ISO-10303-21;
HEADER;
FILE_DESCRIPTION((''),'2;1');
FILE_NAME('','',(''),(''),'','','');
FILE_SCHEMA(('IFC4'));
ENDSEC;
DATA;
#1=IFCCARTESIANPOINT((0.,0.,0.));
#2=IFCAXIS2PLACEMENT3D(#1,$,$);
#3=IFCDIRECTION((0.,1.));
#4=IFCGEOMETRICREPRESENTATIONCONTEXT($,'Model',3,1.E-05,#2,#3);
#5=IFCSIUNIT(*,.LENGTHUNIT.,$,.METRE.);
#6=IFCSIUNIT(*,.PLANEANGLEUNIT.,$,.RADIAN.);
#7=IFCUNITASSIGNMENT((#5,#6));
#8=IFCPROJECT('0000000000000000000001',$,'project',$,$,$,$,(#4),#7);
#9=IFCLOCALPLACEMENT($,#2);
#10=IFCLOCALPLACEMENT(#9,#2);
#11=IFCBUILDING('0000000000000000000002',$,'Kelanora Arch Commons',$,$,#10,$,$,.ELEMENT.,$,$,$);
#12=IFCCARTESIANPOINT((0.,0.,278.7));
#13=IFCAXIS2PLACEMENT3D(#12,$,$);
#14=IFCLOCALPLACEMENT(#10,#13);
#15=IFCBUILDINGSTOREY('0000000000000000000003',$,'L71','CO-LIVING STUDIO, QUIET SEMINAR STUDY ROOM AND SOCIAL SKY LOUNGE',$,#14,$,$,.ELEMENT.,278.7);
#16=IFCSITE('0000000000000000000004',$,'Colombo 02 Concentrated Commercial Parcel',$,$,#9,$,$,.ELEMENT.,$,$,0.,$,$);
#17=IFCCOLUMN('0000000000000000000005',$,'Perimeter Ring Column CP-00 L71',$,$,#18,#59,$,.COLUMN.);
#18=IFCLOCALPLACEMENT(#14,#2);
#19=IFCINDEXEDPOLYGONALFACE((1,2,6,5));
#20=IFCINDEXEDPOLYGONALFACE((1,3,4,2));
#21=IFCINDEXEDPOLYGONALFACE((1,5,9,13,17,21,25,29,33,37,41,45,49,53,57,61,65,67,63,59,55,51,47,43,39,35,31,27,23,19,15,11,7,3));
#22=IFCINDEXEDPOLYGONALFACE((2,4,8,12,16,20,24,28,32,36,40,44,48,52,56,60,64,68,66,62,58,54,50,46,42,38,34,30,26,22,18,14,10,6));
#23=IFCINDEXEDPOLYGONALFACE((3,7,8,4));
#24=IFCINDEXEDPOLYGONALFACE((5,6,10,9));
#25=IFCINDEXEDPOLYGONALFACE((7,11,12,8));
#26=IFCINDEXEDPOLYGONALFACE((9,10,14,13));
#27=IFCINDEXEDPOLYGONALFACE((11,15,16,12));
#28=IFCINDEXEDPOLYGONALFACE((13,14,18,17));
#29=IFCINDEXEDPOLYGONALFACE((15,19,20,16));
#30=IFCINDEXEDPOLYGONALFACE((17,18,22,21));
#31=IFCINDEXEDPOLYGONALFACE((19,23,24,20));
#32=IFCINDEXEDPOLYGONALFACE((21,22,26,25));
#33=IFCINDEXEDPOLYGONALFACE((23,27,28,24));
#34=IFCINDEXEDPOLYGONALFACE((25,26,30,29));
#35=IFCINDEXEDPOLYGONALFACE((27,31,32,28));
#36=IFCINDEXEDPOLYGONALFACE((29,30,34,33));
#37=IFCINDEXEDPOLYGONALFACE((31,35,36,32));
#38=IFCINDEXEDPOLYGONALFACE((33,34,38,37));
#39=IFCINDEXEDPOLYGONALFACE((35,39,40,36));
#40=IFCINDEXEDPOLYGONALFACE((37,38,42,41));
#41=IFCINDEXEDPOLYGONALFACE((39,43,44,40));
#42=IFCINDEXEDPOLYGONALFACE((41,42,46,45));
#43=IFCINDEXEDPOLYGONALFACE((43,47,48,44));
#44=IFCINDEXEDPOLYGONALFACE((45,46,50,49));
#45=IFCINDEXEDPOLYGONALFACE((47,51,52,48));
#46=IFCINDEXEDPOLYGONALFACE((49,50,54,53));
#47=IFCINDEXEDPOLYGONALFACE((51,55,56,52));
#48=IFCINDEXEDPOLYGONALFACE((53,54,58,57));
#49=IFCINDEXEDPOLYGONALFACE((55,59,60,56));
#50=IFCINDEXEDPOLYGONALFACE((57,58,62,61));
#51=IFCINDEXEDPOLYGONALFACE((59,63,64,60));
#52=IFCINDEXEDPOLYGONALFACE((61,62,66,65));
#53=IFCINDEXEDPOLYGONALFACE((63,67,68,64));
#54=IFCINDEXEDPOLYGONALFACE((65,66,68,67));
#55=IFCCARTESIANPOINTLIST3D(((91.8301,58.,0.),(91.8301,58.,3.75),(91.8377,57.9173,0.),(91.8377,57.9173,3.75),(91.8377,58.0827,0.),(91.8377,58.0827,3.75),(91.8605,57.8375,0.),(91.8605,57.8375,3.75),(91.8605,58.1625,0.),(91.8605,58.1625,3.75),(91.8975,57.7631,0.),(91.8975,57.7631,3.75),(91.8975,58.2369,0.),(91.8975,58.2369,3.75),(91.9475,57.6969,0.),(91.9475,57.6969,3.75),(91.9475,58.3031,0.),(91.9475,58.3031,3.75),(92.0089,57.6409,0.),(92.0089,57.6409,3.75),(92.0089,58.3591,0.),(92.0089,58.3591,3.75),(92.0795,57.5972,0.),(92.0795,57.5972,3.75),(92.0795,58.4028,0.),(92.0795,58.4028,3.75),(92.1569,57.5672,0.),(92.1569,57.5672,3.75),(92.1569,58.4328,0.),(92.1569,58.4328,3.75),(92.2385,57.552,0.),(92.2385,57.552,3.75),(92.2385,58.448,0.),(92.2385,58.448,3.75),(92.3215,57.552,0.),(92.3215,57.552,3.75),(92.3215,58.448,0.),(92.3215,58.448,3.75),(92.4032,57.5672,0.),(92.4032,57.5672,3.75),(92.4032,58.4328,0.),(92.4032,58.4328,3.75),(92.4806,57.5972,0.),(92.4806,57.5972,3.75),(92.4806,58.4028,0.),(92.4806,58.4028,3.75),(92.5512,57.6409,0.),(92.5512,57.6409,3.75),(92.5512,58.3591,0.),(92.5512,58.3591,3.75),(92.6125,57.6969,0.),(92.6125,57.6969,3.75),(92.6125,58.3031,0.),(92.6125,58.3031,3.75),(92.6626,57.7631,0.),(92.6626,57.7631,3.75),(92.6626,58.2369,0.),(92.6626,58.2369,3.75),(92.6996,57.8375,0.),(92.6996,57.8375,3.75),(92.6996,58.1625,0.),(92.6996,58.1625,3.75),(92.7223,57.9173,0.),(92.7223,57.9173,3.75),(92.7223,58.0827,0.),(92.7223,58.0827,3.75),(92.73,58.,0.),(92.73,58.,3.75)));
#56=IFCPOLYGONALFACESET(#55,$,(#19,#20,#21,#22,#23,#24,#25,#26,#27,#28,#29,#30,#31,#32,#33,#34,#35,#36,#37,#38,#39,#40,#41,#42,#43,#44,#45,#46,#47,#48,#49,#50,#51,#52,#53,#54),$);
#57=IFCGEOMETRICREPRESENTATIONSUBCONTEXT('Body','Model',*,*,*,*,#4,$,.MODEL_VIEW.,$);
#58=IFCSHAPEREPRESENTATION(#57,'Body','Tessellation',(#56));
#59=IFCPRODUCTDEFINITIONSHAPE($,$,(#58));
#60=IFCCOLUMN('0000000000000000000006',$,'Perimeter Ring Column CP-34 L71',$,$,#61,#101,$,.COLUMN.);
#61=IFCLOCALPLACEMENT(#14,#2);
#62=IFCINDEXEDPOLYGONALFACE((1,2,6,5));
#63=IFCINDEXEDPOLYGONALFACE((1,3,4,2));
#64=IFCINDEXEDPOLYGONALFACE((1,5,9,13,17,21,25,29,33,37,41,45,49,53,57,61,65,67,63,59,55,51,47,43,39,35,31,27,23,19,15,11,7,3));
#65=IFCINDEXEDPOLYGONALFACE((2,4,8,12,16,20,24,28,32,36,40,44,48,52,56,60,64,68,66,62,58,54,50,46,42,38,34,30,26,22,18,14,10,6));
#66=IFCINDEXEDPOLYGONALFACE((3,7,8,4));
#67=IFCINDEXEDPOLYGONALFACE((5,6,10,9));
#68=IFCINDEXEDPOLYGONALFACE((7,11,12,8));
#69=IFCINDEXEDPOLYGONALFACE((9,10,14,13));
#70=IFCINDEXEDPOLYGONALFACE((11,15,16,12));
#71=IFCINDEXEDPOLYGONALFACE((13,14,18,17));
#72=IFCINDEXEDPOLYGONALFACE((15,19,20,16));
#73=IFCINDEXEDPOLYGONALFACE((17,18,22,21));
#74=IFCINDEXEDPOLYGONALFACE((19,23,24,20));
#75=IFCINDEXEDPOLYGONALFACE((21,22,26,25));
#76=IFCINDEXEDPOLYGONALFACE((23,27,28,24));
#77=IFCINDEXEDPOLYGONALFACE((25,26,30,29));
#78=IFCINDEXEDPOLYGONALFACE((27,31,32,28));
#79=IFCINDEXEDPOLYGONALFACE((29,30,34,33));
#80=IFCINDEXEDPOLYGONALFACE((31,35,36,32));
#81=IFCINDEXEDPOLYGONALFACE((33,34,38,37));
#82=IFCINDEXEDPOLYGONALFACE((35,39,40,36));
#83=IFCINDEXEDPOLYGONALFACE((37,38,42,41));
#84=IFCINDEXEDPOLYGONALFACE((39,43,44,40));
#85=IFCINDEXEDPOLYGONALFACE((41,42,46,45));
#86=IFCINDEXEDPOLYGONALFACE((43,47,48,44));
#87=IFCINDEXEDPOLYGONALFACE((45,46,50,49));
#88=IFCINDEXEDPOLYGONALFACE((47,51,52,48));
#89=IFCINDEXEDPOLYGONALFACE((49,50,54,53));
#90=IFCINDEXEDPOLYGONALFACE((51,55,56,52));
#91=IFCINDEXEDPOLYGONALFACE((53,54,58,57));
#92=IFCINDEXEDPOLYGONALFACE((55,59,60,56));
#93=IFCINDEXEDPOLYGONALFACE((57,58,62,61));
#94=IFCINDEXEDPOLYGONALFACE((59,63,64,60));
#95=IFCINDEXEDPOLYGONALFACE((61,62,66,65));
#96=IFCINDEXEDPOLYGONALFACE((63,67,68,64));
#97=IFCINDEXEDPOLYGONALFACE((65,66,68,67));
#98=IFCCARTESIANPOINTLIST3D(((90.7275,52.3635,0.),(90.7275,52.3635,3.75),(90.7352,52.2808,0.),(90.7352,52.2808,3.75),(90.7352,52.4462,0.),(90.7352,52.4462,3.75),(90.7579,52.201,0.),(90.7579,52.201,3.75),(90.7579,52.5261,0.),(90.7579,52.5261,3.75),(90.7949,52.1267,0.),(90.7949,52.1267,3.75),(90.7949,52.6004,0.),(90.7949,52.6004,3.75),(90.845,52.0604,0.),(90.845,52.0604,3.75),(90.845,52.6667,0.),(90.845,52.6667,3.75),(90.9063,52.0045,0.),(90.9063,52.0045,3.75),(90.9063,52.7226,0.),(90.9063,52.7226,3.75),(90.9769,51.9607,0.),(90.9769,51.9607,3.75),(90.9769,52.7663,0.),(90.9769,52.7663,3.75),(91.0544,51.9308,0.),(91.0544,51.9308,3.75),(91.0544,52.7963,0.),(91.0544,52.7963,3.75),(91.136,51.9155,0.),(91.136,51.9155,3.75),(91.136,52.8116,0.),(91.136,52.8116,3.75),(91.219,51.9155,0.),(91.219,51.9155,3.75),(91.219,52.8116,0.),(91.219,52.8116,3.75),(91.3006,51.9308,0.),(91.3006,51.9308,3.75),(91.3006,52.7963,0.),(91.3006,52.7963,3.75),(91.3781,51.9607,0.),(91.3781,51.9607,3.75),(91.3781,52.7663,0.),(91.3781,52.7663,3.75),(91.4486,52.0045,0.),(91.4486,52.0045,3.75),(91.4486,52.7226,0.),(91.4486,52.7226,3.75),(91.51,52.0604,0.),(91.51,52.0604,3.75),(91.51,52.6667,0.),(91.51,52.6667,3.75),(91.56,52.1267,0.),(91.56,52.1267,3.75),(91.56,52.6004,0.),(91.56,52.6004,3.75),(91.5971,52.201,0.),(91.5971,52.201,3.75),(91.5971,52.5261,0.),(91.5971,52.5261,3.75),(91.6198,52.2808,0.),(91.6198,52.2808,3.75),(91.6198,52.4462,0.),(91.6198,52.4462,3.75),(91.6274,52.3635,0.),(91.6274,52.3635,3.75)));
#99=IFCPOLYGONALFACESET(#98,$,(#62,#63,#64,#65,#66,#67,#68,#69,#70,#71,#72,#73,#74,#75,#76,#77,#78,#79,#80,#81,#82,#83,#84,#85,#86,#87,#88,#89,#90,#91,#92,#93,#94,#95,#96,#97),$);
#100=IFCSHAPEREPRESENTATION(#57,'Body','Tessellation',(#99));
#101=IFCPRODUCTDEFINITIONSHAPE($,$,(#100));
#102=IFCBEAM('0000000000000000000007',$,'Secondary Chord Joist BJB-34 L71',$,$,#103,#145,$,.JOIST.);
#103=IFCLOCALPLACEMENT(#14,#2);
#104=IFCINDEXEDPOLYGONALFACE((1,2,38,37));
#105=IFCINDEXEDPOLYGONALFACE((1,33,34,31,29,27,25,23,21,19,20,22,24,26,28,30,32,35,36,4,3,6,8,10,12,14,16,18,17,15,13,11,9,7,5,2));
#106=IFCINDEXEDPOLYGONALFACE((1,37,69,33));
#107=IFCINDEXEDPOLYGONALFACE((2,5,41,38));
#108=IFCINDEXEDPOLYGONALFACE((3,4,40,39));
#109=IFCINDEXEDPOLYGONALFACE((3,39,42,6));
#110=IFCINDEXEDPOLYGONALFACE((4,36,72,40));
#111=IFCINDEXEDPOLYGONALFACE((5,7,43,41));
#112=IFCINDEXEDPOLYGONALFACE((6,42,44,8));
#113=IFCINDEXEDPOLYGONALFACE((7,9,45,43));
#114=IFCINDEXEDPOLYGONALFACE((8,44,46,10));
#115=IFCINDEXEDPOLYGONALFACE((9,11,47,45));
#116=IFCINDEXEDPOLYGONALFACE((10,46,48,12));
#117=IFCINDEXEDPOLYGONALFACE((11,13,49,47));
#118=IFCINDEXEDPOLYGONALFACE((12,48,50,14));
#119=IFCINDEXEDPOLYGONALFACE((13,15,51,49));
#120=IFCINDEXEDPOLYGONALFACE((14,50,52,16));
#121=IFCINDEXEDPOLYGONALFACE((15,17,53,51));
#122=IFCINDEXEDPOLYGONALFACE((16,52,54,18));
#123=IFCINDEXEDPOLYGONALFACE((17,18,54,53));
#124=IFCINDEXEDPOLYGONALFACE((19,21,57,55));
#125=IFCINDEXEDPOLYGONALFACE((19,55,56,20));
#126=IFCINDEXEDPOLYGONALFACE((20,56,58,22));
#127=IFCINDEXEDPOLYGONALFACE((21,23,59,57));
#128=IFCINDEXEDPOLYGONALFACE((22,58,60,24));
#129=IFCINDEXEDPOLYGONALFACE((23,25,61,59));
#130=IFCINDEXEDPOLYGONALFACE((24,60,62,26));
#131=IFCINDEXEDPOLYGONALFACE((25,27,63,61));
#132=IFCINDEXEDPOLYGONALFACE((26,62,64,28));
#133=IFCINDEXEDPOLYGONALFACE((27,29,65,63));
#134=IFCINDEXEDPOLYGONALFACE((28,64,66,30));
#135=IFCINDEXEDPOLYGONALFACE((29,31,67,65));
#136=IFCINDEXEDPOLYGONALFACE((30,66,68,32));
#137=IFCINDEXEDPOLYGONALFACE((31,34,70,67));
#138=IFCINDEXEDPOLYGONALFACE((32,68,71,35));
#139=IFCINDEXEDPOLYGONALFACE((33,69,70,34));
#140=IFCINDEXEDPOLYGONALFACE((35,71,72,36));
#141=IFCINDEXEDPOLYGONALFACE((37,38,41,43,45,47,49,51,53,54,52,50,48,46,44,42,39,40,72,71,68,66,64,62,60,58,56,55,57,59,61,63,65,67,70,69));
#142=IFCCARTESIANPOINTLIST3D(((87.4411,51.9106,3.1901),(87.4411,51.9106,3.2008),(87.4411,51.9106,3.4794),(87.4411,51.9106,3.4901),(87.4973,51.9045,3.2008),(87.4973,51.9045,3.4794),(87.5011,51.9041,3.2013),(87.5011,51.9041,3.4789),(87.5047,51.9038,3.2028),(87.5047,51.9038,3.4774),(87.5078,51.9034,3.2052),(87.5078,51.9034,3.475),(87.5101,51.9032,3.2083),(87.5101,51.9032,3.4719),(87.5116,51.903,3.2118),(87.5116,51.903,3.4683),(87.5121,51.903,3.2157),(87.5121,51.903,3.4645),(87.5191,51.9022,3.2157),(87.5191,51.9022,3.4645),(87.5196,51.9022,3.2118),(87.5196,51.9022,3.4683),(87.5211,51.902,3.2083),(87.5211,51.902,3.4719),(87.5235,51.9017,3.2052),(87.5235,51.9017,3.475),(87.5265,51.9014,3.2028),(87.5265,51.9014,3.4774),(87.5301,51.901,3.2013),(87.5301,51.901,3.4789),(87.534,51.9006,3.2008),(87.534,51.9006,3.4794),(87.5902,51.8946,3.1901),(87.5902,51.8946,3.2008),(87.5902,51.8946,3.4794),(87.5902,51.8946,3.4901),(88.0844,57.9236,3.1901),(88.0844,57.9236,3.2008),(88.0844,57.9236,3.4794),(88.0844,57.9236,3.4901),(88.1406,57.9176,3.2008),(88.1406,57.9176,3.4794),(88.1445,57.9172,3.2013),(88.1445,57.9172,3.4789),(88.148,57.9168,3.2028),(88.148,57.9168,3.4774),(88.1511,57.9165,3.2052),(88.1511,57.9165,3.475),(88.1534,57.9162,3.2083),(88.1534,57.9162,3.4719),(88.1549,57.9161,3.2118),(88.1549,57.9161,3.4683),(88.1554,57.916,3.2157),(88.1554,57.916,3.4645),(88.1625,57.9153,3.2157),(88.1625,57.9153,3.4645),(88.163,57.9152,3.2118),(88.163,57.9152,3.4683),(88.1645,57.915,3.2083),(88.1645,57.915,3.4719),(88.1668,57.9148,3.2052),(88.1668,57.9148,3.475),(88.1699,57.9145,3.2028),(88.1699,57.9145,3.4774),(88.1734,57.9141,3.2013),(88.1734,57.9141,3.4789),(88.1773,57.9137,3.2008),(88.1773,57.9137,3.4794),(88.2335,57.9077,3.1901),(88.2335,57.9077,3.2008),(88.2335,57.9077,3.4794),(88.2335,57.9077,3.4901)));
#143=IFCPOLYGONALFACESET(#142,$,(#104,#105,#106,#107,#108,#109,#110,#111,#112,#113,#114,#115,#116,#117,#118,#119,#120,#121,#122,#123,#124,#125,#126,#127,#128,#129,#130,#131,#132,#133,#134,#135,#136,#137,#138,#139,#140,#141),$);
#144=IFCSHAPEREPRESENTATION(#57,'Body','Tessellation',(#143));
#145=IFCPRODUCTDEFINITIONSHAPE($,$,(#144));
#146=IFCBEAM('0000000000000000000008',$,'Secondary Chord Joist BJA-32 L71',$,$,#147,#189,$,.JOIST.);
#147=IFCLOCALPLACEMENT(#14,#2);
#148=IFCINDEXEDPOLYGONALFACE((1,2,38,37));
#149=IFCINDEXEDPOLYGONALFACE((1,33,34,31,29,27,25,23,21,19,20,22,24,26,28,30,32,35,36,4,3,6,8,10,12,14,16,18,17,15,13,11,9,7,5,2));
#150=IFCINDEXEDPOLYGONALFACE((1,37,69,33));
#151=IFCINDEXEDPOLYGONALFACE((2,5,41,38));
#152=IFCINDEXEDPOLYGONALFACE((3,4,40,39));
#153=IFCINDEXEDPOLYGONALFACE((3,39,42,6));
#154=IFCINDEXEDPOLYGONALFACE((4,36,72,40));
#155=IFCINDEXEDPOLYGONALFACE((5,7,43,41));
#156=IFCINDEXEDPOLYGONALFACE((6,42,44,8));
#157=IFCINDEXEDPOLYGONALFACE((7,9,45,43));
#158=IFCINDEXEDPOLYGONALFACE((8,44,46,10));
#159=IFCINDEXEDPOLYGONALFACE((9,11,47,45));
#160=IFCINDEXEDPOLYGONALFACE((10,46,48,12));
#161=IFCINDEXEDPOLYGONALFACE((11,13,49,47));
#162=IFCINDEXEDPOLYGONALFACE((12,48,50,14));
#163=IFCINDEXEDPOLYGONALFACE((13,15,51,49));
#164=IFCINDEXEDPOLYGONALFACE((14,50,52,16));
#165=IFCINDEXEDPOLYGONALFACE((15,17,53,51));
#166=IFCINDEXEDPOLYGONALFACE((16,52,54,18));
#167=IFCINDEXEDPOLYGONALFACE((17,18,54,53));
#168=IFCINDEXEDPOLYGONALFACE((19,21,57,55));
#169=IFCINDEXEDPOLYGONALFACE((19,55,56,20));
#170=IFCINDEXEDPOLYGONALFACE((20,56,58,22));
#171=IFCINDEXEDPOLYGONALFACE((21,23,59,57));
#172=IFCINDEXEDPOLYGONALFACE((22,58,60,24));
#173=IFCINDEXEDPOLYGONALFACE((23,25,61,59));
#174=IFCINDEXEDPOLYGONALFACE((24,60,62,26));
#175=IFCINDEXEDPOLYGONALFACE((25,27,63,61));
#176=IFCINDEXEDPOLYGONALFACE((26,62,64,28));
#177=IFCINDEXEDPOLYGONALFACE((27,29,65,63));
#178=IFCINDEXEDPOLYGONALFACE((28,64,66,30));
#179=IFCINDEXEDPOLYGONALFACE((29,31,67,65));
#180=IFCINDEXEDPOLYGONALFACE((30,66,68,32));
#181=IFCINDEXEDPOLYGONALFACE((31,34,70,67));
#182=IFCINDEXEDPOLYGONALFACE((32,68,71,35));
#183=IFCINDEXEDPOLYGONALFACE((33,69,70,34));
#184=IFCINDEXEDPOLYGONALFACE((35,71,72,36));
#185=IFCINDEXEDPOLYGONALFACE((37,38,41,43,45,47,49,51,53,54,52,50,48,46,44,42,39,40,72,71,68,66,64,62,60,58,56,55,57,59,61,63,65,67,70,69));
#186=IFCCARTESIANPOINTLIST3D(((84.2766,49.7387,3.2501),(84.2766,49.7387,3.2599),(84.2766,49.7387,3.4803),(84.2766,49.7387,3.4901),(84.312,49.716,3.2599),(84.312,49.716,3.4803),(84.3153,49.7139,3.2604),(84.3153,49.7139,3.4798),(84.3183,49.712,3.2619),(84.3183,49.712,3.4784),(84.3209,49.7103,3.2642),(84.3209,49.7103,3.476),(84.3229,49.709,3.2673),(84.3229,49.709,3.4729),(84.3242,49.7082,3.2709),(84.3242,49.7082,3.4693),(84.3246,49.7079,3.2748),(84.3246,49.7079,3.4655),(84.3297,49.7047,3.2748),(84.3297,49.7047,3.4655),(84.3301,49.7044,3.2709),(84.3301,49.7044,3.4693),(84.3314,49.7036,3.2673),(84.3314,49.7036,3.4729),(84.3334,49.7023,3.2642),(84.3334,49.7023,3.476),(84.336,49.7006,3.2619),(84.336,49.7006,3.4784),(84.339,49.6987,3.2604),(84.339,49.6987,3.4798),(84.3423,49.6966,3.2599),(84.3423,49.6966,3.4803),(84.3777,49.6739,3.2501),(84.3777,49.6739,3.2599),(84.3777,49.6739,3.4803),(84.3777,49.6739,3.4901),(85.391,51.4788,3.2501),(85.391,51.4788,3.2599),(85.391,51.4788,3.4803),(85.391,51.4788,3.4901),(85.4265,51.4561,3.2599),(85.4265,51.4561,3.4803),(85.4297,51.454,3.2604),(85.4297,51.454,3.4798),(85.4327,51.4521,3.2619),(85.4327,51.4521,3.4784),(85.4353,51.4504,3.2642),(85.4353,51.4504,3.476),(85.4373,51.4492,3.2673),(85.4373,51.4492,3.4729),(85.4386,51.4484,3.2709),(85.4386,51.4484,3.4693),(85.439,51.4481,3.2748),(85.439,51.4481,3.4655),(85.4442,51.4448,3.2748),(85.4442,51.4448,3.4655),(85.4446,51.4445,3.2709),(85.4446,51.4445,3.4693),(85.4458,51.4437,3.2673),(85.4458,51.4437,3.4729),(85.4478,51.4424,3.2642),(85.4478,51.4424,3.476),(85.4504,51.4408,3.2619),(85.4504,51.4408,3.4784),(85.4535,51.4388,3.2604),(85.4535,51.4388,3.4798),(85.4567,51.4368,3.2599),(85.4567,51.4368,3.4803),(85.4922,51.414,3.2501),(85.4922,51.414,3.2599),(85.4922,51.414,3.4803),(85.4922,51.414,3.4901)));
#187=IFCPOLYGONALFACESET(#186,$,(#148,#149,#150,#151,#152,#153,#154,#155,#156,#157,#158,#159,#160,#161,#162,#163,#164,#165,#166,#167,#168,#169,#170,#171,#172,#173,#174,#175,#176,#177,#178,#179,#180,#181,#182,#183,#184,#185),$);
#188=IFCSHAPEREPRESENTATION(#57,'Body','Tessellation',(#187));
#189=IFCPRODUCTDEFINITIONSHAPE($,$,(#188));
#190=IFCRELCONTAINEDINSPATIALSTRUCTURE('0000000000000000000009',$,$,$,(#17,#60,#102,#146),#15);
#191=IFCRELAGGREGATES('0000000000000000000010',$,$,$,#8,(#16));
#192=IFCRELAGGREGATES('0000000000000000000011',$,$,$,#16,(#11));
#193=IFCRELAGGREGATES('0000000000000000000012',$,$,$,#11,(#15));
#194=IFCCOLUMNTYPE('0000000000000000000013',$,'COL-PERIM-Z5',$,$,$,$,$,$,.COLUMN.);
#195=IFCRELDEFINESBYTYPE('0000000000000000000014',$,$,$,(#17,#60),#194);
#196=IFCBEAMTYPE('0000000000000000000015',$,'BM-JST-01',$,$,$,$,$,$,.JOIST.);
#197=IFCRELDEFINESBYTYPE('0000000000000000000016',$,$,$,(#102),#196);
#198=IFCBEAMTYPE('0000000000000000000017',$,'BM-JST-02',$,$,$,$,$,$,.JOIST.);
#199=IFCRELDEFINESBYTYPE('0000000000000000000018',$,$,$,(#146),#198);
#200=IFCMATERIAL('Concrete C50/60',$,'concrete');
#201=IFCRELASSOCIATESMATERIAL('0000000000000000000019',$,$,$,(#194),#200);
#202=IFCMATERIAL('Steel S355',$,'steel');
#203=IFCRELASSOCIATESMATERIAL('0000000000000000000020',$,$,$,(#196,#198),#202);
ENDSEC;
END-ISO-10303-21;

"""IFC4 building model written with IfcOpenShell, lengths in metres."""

from ifc_helpers import new_model, si_unit, direction, frame, origin, origin_2d, place, context, subcontext, project, spatial, circle, i_section, extrude, material, material_profile, profile_set, type_object, element, save


model = new_model("IFC4")

# Units and contexts
model_context = context("Model", 3, precision=1e-05, world=origin(), true_north=direction((0.0, 1.0)))
body_context = subcontext(model_context, "Body", "Model", "MODEL_VIEW")
ifc_project = project(units=[si_unit("LENGTHUNIT", "METRE"), si_unit("PLANEANGLEUNIT", "RADIAN")], contexts=[model_context])

# Site, building, storey
site_placement = place(None, origin())
site = spatial("IfcSite", under=ifc_project, at=site_placement, Name="Colombo 02 Concentrated Commercial Parcel", CompositionType="ELEMENT", RefElevation=0.0)
building_placement = place(site_placement, origin())
building = spatial("IfcBuilding", under=site, at=building_placement, Name="Kelanora Arch Commons", CompositionType="ELEMENT")
storey_placement = place(building_placement, frame((0.0, 0.0, 278.7)))
storey = spatial("IfcBuildingStorey", under=building, at=storey_placement, Name="L71", Description="CO-LIVING STUDIO, QUIET SEMINAR STUDY ROOM AND SOCIAL SKY LOUNGE", CompositionType="ELEMENT", Elevation=278.7)

# Columns
ifc_material_1 = material(Name="Concrete C50/60", Category="concrete")
ifc_material_profile_1 = material_profile(ifc_material_1, circle(Radius=0.45, at=origin_2d()), Name="RCC900")
ifc_profile_set_1 = profile_set([ifc_material_profile_1], Name="Concrete C50/60")
column_type = type_object("IfcColumnType", Name="COL-PERIM-Z5", PredefinedType="COLUMN", material=ifc_profile_set_1)
for number, where, z_axis, x_axis, name in (
    (1, (92.28, 58.0, 0.0), (0.0, 0.0, 1.0), (1.0, 0.0, 0.0), "Perimeter Ring Column CP-00 L71"),
    (2, (91.1775, 52.3635, 0.0), (0.0, 0.0, 1.0), (1.0, 0.0, 0.0), "Perimeter Ring Column CP-34 L71"),
):
    element("IfcColumn", number, at=place(storey_placement, frame(where, z_axis=z_axis, x_axis=x_axis)), inside=storey, type_object=column_type, Name=name, PredefinedType="COLUMN", context=body_context, shape_type="SweptSolid", body=[
        extrude(circle(Radius=0.45, at=origin_2d()), origin(), (0.0, 0.0, 1.0), 3.75),
    ])

# Beams
ifc_material_2 = material(Name="Steel S355", Category="steel")
ifc_material_profile_2 = material_profile(ifc_material_2, i_section(OverallWidth=0.1499, OverallDepth=0.3, WebThickness=0.0071, FlangeThickness=0.0107, FilletRadius=0.0149, at=origin_2d()), Name="IPE300")
ifc_profile_set_2 = profile_set([ifc_material_profile_2], Name="Steel S355")
beam_type_1 = type_object("IfcBeamType", Name="BM-JST-01", PredefinedType="JOIST", material=ifc_profile_set_2)
beam_1_placement = place(storey_placement, frame((87.5156, 51.9026, 3.3401), z_axis=(0.106381, 0.994325, 0.0), x_axis=(-0.994325, 0.106381, 0.0)))
element("IfcBeam", 3, at=beam_1_placement, inside=storey, type_object=beam_type_1, Name="Secondary Chord Joist BJB-34 L71", PredefinedType="JOIST", context=body_context, shape_type="SweptSolid", body=[
    extrude(i_section(OverallWidth=0.1499, OverallDepth=0.3, WebThickness=0.0071, FlangeThickness=0.0107, FilletRadius=0.0149, at=origin_2d()), origin(), (0.0, 0.0, 1.0), 6.0474),
])
ifc_material_profile_3 = material_profile(ifc_material_2, i_section(OverallWidth=0.1201, OverallDepth=0.24, WebThickness=0.0061, FlangeThickness=0.0098, FilletRadius=0.0149, at=origin_2d()), Name="IPE240")
ifc_profile_set_3 = profile_set([ifc_material_profile_3], Name="Steel S355")
beam_type_2 = type_object("IfcBeamType", Name="BM-JST-02", PredefinedType="JOIST", material=ifc_profile_set_3)
beam_2_placement = place(storey_placement, frame((84.3271, 49.7063, 3.3701), z_axis=(0.539312, 0.842106, 0.0), x_axis=(-0.842106, 0.539312, 0.0)))
element("IfcBeam", 4, at=beam_2_placement, inside=storey, type_object=beam_type_2, Name="Secondary Chord Joist BJA-32 L71", PredefinedType="JOIST", context=body_context, shape_type="SweptSolid", body=[
    extrude(i_section(OverallWidth=0.1201, OverallDepth=0.24, WebThickness=0.0061, FlangeThickness=0.0098, FilletRadius=0.0149, at=origin_2d()), origin(), (0.0, 0.0, 1.0), 2.0664),
])

save(model, "model.ifc")
